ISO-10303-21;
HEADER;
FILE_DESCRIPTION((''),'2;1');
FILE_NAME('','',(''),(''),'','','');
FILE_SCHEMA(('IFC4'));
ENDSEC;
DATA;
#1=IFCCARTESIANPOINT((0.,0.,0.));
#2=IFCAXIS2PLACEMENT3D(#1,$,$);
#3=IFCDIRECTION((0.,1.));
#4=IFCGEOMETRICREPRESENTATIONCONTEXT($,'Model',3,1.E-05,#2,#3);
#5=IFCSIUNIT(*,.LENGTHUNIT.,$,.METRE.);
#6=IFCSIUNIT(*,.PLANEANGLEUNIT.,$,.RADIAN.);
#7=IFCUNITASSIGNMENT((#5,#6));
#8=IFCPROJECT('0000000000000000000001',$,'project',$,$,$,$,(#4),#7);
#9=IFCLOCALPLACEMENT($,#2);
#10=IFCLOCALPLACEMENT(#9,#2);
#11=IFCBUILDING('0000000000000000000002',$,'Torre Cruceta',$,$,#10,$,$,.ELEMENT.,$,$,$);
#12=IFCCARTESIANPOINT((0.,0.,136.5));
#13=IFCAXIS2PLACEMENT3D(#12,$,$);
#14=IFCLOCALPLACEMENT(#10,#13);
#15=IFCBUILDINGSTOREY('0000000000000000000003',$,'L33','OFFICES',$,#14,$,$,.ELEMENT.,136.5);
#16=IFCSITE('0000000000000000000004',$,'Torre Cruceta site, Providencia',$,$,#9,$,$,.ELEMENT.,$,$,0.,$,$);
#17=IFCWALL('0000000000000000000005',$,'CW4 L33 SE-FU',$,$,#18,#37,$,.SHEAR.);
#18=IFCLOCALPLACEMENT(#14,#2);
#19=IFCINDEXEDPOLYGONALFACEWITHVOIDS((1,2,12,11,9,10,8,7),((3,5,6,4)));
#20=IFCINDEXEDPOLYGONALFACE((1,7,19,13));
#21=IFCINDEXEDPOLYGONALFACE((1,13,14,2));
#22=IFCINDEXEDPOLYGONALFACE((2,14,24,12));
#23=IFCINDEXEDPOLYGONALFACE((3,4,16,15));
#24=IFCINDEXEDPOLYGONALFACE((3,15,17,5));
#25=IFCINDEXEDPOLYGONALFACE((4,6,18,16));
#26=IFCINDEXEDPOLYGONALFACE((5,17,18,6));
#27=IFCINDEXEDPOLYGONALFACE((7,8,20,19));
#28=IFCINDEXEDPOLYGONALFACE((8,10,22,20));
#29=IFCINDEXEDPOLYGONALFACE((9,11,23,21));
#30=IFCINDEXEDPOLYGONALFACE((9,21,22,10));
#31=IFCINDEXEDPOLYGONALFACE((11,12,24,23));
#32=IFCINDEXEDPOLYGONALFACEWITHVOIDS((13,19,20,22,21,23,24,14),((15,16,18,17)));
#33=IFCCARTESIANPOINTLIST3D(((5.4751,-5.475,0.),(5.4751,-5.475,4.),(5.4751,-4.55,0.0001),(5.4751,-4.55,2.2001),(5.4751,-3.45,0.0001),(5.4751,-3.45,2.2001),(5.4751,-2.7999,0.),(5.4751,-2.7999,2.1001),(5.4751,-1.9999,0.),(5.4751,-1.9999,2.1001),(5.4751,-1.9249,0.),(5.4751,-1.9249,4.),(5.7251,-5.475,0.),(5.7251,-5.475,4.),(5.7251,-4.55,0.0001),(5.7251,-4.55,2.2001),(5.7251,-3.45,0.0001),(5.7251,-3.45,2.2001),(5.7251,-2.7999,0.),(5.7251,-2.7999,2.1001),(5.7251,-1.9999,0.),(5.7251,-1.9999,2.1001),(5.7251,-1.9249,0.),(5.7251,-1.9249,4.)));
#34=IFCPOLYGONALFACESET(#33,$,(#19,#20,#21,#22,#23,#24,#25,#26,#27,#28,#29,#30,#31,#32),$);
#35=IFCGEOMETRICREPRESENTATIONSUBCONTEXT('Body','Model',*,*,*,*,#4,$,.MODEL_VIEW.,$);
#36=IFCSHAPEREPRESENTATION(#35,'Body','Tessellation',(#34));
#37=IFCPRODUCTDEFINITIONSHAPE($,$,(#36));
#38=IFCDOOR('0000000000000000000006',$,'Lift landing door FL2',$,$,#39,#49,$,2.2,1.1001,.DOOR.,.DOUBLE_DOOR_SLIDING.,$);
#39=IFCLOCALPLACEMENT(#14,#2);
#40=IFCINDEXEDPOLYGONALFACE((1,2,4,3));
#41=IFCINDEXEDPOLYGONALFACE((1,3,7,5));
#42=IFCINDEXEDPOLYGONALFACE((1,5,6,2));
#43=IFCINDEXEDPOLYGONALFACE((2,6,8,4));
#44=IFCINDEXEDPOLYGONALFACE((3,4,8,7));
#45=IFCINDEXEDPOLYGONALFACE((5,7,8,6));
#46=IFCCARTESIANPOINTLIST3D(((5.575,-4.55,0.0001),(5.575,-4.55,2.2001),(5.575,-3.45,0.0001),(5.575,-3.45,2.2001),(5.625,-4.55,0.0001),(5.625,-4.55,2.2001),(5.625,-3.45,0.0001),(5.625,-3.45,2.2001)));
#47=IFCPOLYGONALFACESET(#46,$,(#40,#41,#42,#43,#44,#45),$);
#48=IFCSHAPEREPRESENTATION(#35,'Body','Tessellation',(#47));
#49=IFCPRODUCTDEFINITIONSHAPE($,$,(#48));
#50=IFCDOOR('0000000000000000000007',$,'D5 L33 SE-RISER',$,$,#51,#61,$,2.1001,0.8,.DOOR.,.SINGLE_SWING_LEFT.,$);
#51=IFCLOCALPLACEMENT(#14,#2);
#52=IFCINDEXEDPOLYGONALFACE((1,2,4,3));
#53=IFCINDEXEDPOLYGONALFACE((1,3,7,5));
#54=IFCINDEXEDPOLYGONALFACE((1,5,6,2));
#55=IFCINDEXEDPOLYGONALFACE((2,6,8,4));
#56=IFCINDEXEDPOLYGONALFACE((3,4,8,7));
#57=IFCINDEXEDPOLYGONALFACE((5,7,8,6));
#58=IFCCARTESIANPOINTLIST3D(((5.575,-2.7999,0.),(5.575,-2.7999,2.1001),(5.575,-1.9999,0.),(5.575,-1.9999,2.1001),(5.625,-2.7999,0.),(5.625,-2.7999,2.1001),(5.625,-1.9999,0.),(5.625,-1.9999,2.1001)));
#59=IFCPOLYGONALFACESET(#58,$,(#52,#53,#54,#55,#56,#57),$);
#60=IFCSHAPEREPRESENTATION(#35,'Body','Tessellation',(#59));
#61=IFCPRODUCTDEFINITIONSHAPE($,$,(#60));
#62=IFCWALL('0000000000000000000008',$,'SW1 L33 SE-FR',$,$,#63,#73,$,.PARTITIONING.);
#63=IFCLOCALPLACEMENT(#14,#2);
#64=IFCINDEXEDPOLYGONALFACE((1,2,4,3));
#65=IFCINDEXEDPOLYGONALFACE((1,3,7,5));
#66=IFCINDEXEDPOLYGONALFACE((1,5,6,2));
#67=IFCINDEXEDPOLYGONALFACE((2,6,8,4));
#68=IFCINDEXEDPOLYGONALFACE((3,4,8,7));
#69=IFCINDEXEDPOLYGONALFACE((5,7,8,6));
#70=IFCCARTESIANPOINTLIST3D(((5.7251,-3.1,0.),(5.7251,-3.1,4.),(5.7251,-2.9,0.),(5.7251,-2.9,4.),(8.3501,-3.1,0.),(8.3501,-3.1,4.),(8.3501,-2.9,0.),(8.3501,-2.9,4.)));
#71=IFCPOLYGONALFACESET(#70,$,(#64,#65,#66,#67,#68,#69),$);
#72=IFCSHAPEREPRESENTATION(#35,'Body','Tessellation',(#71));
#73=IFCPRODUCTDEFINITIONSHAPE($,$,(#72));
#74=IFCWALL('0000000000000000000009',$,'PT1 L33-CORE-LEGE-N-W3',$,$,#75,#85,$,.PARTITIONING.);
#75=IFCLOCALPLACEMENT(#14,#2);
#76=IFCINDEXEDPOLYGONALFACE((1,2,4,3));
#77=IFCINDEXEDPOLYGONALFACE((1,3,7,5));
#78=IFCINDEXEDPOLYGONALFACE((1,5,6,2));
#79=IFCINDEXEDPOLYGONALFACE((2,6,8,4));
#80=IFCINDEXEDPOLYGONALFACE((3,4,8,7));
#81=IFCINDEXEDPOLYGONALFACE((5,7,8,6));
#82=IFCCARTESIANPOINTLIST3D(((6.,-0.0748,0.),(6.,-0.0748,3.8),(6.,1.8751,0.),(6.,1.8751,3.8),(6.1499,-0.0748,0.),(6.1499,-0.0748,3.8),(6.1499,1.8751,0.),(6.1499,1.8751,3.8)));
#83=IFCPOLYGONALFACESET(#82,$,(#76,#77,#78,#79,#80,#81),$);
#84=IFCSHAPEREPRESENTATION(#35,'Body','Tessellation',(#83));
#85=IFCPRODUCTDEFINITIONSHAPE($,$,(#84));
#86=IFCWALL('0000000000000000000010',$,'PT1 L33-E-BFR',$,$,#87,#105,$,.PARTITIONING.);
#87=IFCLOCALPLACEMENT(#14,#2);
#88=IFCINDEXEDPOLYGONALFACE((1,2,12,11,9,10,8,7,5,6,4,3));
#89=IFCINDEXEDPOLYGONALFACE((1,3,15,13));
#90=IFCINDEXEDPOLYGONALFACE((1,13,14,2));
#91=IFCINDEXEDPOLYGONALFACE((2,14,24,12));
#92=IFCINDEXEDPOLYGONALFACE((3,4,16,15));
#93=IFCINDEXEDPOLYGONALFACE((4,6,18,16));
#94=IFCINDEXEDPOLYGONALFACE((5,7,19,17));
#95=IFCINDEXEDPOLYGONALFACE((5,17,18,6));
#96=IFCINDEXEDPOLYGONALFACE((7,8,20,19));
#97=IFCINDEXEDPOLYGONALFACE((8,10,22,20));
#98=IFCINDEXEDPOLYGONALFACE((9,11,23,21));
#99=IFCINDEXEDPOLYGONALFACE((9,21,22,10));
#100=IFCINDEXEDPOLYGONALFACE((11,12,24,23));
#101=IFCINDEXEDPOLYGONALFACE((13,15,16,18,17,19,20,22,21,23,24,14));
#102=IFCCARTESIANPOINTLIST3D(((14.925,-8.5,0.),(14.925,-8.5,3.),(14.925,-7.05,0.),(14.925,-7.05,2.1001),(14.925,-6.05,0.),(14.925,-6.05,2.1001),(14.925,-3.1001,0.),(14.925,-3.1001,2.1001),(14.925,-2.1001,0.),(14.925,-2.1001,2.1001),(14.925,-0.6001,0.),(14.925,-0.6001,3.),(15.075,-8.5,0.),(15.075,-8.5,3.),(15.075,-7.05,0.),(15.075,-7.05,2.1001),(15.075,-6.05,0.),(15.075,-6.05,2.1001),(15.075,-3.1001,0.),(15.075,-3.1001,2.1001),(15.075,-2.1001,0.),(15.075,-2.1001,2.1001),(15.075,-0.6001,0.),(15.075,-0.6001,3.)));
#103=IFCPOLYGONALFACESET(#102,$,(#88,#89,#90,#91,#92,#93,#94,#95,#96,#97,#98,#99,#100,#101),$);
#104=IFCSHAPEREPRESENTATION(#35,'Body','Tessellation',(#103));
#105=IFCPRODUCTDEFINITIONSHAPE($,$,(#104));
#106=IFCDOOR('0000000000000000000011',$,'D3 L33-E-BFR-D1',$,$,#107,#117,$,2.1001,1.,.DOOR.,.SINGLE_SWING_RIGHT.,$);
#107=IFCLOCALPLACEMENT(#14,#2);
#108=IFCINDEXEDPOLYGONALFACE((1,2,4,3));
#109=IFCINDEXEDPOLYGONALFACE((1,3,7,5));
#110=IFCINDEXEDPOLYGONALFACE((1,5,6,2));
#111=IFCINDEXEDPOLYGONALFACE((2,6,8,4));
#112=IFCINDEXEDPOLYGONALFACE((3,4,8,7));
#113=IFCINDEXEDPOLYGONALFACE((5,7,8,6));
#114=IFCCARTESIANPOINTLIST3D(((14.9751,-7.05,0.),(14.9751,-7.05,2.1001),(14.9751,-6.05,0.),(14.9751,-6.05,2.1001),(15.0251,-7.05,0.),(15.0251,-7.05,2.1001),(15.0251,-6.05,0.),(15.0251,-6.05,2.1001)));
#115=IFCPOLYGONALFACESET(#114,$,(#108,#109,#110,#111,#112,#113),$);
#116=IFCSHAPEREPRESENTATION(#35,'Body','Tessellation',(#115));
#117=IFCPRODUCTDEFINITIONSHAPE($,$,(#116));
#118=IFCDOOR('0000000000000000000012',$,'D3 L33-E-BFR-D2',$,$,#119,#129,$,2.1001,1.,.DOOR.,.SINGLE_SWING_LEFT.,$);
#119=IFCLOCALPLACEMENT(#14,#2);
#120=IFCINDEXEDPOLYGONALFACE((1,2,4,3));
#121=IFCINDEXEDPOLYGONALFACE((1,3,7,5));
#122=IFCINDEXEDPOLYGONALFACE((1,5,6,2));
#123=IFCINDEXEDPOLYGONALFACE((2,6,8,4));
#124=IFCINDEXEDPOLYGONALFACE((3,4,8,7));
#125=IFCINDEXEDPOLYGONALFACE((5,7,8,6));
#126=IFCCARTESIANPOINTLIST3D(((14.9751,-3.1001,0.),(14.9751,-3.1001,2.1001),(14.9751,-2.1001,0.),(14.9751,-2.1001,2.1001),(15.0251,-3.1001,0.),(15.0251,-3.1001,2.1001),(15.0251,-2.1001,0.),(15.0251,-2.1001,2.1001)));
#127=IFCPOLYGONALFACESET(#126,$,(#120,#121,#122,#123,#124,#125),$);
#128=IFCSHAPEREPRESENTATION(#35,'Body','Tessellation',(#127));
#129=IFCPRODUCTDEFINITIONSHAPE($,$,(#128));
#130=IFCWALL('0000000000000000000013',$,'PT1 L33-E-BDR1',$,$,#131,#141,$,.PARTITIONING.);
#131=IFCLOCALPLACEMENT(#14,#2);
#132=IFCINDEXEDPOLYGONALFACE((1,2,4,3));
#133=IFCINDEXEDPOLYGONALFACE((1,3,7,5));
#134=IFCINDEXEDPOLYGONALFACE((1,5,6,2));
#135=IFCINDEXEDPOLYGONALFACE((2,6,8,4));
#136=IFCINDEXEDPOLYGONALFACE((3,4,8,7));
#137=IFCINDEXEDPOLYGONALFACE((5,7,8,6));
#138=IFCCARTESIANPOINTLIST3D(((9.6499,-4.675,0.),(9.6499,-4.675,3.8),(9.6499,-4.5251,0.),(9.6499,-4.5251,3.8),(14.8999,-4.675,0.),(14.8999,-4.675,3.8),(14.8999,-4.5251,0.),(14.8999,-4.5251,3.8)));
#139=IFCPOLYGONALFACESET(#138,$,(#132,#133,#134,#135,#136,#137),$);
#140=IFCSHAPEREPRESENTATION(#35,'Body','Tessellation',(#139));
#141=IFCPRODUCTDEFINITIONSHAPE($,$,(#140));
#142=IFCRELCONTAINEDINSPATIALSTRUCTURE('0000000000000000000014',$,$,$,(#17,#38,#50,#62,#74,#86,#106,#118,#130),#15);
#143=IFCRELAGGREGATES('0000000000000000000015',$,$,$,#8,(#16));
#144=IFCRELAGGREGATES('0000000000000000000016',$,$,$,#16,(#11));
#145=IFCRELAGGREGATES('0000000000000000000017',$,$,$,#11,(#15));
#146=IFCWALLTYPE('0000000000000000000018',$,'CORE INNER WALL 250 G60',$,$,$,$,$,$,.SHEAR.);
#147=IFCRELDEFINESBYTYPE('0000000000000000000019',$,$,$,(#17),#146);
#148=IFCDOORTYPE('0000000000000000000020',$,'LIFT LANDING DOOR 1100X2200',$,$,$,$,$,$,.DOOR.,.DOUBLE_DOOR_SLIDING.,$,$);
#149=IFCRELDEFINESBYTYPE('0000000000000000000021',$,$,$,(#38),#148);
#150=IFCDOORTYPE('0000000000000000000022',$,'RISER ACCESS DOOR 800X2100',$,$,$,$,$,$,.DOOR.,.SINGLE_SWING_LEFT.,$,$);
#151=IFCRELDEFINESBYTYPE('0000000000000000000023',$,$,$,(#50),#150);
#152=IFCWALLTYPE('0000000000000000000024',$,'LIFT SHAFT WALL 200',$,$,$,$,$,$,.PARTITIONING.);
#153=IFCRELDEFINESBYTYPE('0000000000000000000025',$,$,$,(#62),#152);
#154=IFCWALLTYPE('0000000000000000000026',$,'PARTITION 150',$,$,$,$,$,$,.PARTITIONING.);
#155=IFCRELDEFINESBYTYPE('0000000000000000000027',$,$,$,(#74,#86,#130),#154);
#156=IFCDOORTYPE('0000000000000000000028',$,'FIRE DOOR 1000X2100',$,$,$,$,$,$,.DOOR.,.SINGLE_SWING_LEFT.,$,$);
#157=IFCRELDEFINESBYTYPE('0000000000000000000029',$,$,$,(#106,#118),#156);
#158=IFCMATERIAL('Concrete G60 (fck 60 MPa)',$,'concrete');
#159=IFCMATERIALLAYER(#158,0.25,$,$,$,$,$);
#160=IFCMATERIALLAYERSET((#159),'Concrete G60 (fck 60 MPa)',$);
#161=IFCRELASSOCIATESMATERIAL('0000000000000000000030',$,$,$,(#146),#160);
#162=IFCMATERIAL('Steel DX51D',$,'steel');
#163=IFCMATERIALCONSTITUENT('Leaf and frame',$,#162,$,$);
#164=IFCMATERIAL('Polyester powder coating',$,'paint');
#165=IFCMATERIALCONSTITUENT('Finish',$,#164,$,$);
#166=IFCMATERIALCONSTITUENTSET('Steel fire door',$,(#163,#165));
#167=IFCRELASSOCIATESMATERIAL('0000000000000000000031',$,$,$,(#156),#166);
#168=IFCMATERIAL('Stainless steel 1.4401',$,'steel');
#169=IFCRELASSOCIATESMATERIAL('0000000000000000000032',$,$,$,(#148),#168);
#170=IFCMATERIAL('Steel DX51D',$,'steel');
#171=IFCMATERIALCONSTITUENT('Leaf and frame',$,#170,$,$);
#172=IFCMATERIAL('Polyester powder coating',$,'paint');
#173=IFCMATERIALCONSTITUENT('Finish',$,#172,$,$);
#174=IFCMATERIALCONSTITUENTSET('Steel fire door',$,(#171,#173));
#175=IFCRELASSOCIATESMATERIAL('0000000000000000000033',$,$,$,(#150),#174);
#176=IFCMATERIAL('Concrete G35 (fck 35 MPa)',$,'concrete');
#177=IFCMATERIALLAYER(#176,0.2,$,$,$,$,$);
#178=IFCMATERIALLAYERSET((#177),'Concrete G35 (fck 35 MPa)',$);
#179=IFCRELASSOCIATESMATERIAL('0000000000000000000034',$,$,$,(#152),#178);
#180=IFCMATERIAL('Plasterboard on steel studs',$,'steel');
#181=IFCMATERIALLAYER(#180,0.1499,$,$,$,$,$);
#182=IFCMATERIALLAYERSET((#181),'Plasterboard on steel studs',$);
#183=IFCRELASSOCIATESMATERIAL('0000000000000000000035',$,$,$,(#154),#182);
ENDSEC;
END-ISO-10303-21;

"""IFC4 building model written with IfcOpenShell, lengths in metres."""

from ifc_helpers import new_model, si_unit, direction, frame, frame_2d, origin, place, context, subcontext, project, spatial, rectangle, extrude, material, layer, layer_set, constituent, constituent_set, type_object, element, fill, save


model = new_model("IFC4")

# Units and contexts
model_context = context("Model", 3, precision=1e-05, world=origin(), true_north=direction((0.0, 1.0)))
body_context = subcontext(model_context, "Body", "Model", "MODEL_VIEW")
ifc_project = project(units=[si_unit("LENGTHUNIT", "METRE"), si_unit("PLANEANGLEUNIT", "RADIAN")], contexts=[model_context])

# Site, building, storey
site_placement = place(None, origin())
site = spatial("IfcSite", under=ifc_project, at=site_placement, Name="Torre Cruceta site, Providencia", CompositionType="ELEMENT", RefElevation=0.0)
building_placement = place(site_placement, origin())
building = spatial("IfcBuilding", under=site, at=building_placement, Name="Torre Cruceta", CompositionType="ELEMENT")
storey_placement = place(building_placement, frame((0.0, 0.0, 136.5)))
storey = spatial("IfcBuildingStorey", under=building, at=storey_placement, Name="L33", Description="OFFICES", CompositionType="ELEMENT", Elevation=136.5)

# Shared definitions
ifc_material_1 = material(Name="Concrete G60 (fck 60 MPa)", Category="concrete")
ifc_layer_1 = layer(ifc_material_1, 0.25)
ifc_layer_set_1 = layer_set([ifc_layer_1], Name="Concrete G60 (fck 60 MPa)")
wall_type_1 = type_object("IfcWallType", Name="CORE INNER WALL 250 G60", PredefinedType="SHEAR", material=ifc_layer_set_1)
ifc_material_2 = material(Name="Steel DX51D", Category="steel")
ifc_constituent_1 = constituent(ifc_material_2, Name="Leaf and frame")
ifc_material_3 = material(Name="Polyester powder coating", Category="paint")
ifc_constituent_2 = constituent(ifc_material_3, Name="Finish")
ifc_constituent_set_1 = constituent_set(constituents=[ifc_constituent_1, ifc_constituent_2], Name="Steel fire door")
door_type_1 = type_object("IfcDoorType", Name="FIRE DOOR 1000X2100", OperationType="SINGLE_SWING_LEFT", PredefinedType="DOOR", material=ifc_constituent_set_1)

# Wall, openings, doors
wall_1_placement = place(storey_placement, frame((5.6001, -1.925, 0.0), z_axis=(0.0, 0.0, 1.0), x_axis=(0.0, -1.0, 0.0)))
wall_1 = element("IfcWall", 1, at=wall_1_placement, inside=storey, type_object=wall_type_1, Name="CW4 L33 SE-FU", PredefinedType="SHEAR", context=body_context, shape_type="SweptSolid", body=[
    extrude(rectangle(XDim=3.55, YDim=0.25, at=frame_2d((1.7749, 0.0))), origin(), (0.0, 0.0, 1.0), 4.0),
])
opening_1_placement = place(wall_1_placement, frame((1.5249, 0.0, 0.0)))
opening_1 = element("IfcOpeningElement", 2, at=opening_1_placement, cuts=wall_1, PredefinedType="OPENING", context=body_context, shape_type="SweptSolid", body=[
    extrude(rectangle(XDim=1.1001, YDim=2.2, at=frame_2d((0.55, 1.1001))), frame((0.0, 0.135, 0.0), z_axis=(0.0, -1.0, 0.0), x_axis=(1.0, 0.0, 0.0)), (0.0, 0.0, 1.0), 0.27),
])
opening_2_placement = place(wall_1_placement, frame((0.075, 0.0, 0.0)))
opening_2 = element("IfcOpeningElement", 3, at=opening_2_placement, cuts=wall_1, PredefinedType="OPENING", context=body_context, shape_type="SweptSolid", body=[
    extrude(rectangle(XDim=0.8, YDim=2.1001, at=frame_2d((0.3999, 1.05))), frame((0.0, 0.135, 0.0), z_axis=(0.0, -1.0, 0.0), x_axis=(1.0, 0.0, 0.0)), (0.0, 0.0, 1.0), 0.27),
])
ifc_material_4 = material(Name="Stainless steel 1.4401", Category="steel")
door_type_2 = type_object("IfcDoorType", Name="LIFT LANDING DOOR 1100X2200", OperationType="DOUBLE_DOOR_SLIDING", PredefinedType="DOOR", material=ifc_material_4)
door_1_placement = place(opening_1_placement, origin())
door_1 = element("IfcDoor", 4, at=door_1_placement, inside=storey, type_object=door_type_2, Name="Lift landing door FL2", OperationType="DOUBLE_DOOR_SLIDING", OverallHeight=2.2, OverallWidth=1.1001, PredefinedType="DOOR", context=body_context, shape_type="SweptSolid", body=[
    extrude(rectangle(XDim=1.1001, YDim=2.2, at=frame_2d((0.55, 1.1001))), frame((0.0, 0.0249, 0.0), z_axis=(0.0, -1.0, 0.0), x_axis=(1.0, 0.0, 0.0)), (0.0, 0.0, 1.0), 0.05),
])
fill(opening_1, door_1)
ifc_material_5 = material(Name="Steel DX51D", Category="steel")
ifc_constituent_3 = constituent(ifc_material_5, Name="Leaf and frame")
ifc_material_6 = material(Name="Polyester powder coating", Category="paint")
ifc_constituent_4 = constituent(ifc_material_6, Name="Finish")
ifc_constituent_set_2 = constituent_set(constituents=[ifc_constituent_3, ifc_constituent_4], Name="Steel fire door")
door_type_3 = type_object("IfcDoorType", Name="RISER ACCESS DOOR 800X2100", OperationType="SINGLE_SWING_LEFT", PredefinedType="DOOR", material=ifc_constituent_set_2)
door_2_placement = place(opening_2_placement, origin())
door_2 = element("IfcDoor", 5, at=door_2_placement, inside=storey, type_object=door_type_3, Name="D5 L33 SE-RISER", OperationType="SINGLE_SWING_LEFT", OverallHeight=2.1001, OverallWidth=0.8, PredefinedType="DOOR", context=body_context, shape_type="SweptSolid", body=[
    extrude(rectangle(XDim=0.8, YDim=2.1001, at=frame_2d((0.3999, 1.05))), frame((0.0, 0.0249, 0.0), z_axis=(0.0, -1.0, 0.0), x_axis=(1.0, 0.0, 0.0)), (0.0, 0.0, 1.0), 0.05),
])
fill(opening_2, door_2)

# Walls
ifc_material_7 = material(Name="Concrete G35 (fck 35 MPa)", Category="concrete")
ifc_layer_2 = layer(ifc_material_7, 0.2)
ifc_layer_set_2 = layer_set([ifc_layer_2], Name="Concrete G35 (fck 35 MPa)")
wall_type_2 = type_object("IfcWallType", Name="LIFT SHAFT WALL 200", PredefinedType="PARTITIONING", material=ifc_layer_set_2)
wall_2_placement = place(storey_placement, frame((5.7251, -3.0, 0.0), z_axis=(0.0, 0.0, 1.0), x_axis=(1.0, 0.0, 0.0)))
element("IfcWall", 6, at=wall_2_placement, inside=storey, type_object=wall_type_2, Name="SW1 L33 SE-FR", PredefinedType="PARTITIONING", context=body_context, shape_type="SweptSolid", body=[
    extrude(rectangle(XDim=2.625, YDim=0.2, at=frame_2d((1.3125, 0.0))), origin(), (0.0, 0.0, 1.0), 4.0),
])
ifc_material_8 = material(Name="Plasterboard on steel studs", Category="steel")
ifc_layer_3 = layer(ifc_material_8, 0.1499)
ifc_layer_set_3 = layer_set([ifc_layer_3], Name="Plasterboard on steel studs")
wall_type_3 = type_object("IfcWallType", Name="PARTITION 150", PredefinedType="PARTITIONING", material=ifc_layer_set_3)
wall_3_placement = place(storey_placement, frame((6.075, -0.075, 0.0), z_axis=(0.0, 0.0, 1.0), x_axis=(0.0, 1.0, 0.0)))
element("IfcWall", 7, at=wall_3_placement, inside=storey, type_object=wall_type_3, Name="PT1 L33-CORE-LEGE-N-W3", PredefinedType="PARTITIONING", context=body_context, shape_type="SweptSolid", body=[
    extrude(rectangle(XDim=1.95, YDim=0.1499, at=frame_2d((0.9751, 0.0))), origin(), (0.0, 0.0, 1.0), 3.8),
])

# Wall, openings, doors
wall_4_placement = place(storey_placement, frame((15.0, -8.5, 0.0), z_axis=(0.0, 0.0, 1.0), x_axis=(0.0, 1.0, 0.0)))
wall_4 = element("IfcWall", 8, at=wall_4_placement, inside=storey, type_object=wall_type_3, Name="PT1 L33-E-BFR", PredefinedType="PARTITIONING", context=body_context, shape_type="SweptSolid", body=[
    extrude(rectangle(XDim=7.8999, YDim=0.1499, at=frame_2d((3.95, 0.0))), origin(), (0.0, 0.0, 1.0), 3.0),
])
opening_3_placement = place(wall_4_placement, frame((1.45, 0.0, 0.0)))
opening_3 = element("IfcOpeningElement", 9, at=opening_3_placement, cuts=wall_4, PredefinedType="OPENING", context=body_context, shape_type="SweptSolid", body=[
    extrude(rectangle(XDim=1.0, YDim=2.1001, at=frame_2d((0.5, 1.05))), frame((0.0, 0.085, 0.0), z_axis=(0.0, -1.0, 0.0), x_axis=(1.0, 0.0, 0.0)), (0.0, 0.0, 1.0), 0.1699),
])
opening_4_placement = place(wall_4_placement, frame((5.3999, 0.0, 0.0)))
opening_4 = element("IfcOpeningElement", 10, at=opening_4_placement, cuts=wall_4, PredefinedType="OPENING", context=body_context, shape_type="SweptSolid", body=[
    extrude(rectangle(XDim=1.0, YDim=2.1001, at=frame_2d((0.5, 1.05))), frame((0.0, 0.085, 0.0), z_axis=(0.0, -1.0, 0.0), x_axis=(1.0, 0.0, 0.0)), (0.0, 0.0, 1.0), 0.1699),
])
door_3_placement = place(opening_3_placement, origin())
door_3 = element("IfcDoor", 11, at=door_3_placement, inside=storey, type_object=door_type_1, Name="D3 L33-E-BFR-D1", OperationType="SINGLE_SWING_RIGHT", OverallHeight=2.1001, OverallWidth=1.0, PredefinedType="DOOR", context=body_context, shape_type="SweptSolid", body=[
    extrude(rectangle(XDim=1.0, YDim=2.1001, at=frame_2d((0.5, 1.05))), frame((0.0, 0.0249, 0.0), z_axis=(0.0, -1.0, 0.0), x_axis=(1.0, 0.0, 0.0)), (0.0, 0.0, 1.0), 0.05),
])
fill(opening_3, door_3)
door_4_placement = place(opening_4_placement, origin())
door_4 = element("IfcDoor", 12, at=door_4_placement, inside=storey, type_object=door_type_1, Name="D3 L33-E-BFR-D2", OperationType="SINGLE_SWING_LEFT", OverallHeight=2.1001, OverallWidth=1.0, PredefinedType="DOOR", context=body_context, shape_type="SweptSolid", body=[
    extrude(rectangle(XDim=1.0, YDim=2.1001, at=frame_2d((0.5, 1.05))), frame((0.0, 0.0249, 0.0), z_axis=(0.0, -1.0, 0.0), x_axis=(1.0, 0.0, 0.0)), (0.0, 0.0, 1.0), 0.05),
])
fill(opening_4, door_4)

# Wall
wall_5_placement = place(storey_placement, frame((9.6499, -4.6001, 0.0), z_axis=(0.0, 0.0, 1.0), x_axis=(1.0, 0.0, 0.0)))
element("IfcWall", 13, at=wall_5_placement, inside=storey, type_object=wall_type_3, Name="PT1 L33-E-BDR1", PredefinedType="PARTITIONING", context=body_context, shape_type="SweptSolid", body=[
    extrude(rectangle(XDim=5.25, YDim=0.1499, at=frame_2d((2.625, 0.0))), origin(), (0.0, 0.0, 1.0), 3.8),
])

save(model, "model.ifc")
